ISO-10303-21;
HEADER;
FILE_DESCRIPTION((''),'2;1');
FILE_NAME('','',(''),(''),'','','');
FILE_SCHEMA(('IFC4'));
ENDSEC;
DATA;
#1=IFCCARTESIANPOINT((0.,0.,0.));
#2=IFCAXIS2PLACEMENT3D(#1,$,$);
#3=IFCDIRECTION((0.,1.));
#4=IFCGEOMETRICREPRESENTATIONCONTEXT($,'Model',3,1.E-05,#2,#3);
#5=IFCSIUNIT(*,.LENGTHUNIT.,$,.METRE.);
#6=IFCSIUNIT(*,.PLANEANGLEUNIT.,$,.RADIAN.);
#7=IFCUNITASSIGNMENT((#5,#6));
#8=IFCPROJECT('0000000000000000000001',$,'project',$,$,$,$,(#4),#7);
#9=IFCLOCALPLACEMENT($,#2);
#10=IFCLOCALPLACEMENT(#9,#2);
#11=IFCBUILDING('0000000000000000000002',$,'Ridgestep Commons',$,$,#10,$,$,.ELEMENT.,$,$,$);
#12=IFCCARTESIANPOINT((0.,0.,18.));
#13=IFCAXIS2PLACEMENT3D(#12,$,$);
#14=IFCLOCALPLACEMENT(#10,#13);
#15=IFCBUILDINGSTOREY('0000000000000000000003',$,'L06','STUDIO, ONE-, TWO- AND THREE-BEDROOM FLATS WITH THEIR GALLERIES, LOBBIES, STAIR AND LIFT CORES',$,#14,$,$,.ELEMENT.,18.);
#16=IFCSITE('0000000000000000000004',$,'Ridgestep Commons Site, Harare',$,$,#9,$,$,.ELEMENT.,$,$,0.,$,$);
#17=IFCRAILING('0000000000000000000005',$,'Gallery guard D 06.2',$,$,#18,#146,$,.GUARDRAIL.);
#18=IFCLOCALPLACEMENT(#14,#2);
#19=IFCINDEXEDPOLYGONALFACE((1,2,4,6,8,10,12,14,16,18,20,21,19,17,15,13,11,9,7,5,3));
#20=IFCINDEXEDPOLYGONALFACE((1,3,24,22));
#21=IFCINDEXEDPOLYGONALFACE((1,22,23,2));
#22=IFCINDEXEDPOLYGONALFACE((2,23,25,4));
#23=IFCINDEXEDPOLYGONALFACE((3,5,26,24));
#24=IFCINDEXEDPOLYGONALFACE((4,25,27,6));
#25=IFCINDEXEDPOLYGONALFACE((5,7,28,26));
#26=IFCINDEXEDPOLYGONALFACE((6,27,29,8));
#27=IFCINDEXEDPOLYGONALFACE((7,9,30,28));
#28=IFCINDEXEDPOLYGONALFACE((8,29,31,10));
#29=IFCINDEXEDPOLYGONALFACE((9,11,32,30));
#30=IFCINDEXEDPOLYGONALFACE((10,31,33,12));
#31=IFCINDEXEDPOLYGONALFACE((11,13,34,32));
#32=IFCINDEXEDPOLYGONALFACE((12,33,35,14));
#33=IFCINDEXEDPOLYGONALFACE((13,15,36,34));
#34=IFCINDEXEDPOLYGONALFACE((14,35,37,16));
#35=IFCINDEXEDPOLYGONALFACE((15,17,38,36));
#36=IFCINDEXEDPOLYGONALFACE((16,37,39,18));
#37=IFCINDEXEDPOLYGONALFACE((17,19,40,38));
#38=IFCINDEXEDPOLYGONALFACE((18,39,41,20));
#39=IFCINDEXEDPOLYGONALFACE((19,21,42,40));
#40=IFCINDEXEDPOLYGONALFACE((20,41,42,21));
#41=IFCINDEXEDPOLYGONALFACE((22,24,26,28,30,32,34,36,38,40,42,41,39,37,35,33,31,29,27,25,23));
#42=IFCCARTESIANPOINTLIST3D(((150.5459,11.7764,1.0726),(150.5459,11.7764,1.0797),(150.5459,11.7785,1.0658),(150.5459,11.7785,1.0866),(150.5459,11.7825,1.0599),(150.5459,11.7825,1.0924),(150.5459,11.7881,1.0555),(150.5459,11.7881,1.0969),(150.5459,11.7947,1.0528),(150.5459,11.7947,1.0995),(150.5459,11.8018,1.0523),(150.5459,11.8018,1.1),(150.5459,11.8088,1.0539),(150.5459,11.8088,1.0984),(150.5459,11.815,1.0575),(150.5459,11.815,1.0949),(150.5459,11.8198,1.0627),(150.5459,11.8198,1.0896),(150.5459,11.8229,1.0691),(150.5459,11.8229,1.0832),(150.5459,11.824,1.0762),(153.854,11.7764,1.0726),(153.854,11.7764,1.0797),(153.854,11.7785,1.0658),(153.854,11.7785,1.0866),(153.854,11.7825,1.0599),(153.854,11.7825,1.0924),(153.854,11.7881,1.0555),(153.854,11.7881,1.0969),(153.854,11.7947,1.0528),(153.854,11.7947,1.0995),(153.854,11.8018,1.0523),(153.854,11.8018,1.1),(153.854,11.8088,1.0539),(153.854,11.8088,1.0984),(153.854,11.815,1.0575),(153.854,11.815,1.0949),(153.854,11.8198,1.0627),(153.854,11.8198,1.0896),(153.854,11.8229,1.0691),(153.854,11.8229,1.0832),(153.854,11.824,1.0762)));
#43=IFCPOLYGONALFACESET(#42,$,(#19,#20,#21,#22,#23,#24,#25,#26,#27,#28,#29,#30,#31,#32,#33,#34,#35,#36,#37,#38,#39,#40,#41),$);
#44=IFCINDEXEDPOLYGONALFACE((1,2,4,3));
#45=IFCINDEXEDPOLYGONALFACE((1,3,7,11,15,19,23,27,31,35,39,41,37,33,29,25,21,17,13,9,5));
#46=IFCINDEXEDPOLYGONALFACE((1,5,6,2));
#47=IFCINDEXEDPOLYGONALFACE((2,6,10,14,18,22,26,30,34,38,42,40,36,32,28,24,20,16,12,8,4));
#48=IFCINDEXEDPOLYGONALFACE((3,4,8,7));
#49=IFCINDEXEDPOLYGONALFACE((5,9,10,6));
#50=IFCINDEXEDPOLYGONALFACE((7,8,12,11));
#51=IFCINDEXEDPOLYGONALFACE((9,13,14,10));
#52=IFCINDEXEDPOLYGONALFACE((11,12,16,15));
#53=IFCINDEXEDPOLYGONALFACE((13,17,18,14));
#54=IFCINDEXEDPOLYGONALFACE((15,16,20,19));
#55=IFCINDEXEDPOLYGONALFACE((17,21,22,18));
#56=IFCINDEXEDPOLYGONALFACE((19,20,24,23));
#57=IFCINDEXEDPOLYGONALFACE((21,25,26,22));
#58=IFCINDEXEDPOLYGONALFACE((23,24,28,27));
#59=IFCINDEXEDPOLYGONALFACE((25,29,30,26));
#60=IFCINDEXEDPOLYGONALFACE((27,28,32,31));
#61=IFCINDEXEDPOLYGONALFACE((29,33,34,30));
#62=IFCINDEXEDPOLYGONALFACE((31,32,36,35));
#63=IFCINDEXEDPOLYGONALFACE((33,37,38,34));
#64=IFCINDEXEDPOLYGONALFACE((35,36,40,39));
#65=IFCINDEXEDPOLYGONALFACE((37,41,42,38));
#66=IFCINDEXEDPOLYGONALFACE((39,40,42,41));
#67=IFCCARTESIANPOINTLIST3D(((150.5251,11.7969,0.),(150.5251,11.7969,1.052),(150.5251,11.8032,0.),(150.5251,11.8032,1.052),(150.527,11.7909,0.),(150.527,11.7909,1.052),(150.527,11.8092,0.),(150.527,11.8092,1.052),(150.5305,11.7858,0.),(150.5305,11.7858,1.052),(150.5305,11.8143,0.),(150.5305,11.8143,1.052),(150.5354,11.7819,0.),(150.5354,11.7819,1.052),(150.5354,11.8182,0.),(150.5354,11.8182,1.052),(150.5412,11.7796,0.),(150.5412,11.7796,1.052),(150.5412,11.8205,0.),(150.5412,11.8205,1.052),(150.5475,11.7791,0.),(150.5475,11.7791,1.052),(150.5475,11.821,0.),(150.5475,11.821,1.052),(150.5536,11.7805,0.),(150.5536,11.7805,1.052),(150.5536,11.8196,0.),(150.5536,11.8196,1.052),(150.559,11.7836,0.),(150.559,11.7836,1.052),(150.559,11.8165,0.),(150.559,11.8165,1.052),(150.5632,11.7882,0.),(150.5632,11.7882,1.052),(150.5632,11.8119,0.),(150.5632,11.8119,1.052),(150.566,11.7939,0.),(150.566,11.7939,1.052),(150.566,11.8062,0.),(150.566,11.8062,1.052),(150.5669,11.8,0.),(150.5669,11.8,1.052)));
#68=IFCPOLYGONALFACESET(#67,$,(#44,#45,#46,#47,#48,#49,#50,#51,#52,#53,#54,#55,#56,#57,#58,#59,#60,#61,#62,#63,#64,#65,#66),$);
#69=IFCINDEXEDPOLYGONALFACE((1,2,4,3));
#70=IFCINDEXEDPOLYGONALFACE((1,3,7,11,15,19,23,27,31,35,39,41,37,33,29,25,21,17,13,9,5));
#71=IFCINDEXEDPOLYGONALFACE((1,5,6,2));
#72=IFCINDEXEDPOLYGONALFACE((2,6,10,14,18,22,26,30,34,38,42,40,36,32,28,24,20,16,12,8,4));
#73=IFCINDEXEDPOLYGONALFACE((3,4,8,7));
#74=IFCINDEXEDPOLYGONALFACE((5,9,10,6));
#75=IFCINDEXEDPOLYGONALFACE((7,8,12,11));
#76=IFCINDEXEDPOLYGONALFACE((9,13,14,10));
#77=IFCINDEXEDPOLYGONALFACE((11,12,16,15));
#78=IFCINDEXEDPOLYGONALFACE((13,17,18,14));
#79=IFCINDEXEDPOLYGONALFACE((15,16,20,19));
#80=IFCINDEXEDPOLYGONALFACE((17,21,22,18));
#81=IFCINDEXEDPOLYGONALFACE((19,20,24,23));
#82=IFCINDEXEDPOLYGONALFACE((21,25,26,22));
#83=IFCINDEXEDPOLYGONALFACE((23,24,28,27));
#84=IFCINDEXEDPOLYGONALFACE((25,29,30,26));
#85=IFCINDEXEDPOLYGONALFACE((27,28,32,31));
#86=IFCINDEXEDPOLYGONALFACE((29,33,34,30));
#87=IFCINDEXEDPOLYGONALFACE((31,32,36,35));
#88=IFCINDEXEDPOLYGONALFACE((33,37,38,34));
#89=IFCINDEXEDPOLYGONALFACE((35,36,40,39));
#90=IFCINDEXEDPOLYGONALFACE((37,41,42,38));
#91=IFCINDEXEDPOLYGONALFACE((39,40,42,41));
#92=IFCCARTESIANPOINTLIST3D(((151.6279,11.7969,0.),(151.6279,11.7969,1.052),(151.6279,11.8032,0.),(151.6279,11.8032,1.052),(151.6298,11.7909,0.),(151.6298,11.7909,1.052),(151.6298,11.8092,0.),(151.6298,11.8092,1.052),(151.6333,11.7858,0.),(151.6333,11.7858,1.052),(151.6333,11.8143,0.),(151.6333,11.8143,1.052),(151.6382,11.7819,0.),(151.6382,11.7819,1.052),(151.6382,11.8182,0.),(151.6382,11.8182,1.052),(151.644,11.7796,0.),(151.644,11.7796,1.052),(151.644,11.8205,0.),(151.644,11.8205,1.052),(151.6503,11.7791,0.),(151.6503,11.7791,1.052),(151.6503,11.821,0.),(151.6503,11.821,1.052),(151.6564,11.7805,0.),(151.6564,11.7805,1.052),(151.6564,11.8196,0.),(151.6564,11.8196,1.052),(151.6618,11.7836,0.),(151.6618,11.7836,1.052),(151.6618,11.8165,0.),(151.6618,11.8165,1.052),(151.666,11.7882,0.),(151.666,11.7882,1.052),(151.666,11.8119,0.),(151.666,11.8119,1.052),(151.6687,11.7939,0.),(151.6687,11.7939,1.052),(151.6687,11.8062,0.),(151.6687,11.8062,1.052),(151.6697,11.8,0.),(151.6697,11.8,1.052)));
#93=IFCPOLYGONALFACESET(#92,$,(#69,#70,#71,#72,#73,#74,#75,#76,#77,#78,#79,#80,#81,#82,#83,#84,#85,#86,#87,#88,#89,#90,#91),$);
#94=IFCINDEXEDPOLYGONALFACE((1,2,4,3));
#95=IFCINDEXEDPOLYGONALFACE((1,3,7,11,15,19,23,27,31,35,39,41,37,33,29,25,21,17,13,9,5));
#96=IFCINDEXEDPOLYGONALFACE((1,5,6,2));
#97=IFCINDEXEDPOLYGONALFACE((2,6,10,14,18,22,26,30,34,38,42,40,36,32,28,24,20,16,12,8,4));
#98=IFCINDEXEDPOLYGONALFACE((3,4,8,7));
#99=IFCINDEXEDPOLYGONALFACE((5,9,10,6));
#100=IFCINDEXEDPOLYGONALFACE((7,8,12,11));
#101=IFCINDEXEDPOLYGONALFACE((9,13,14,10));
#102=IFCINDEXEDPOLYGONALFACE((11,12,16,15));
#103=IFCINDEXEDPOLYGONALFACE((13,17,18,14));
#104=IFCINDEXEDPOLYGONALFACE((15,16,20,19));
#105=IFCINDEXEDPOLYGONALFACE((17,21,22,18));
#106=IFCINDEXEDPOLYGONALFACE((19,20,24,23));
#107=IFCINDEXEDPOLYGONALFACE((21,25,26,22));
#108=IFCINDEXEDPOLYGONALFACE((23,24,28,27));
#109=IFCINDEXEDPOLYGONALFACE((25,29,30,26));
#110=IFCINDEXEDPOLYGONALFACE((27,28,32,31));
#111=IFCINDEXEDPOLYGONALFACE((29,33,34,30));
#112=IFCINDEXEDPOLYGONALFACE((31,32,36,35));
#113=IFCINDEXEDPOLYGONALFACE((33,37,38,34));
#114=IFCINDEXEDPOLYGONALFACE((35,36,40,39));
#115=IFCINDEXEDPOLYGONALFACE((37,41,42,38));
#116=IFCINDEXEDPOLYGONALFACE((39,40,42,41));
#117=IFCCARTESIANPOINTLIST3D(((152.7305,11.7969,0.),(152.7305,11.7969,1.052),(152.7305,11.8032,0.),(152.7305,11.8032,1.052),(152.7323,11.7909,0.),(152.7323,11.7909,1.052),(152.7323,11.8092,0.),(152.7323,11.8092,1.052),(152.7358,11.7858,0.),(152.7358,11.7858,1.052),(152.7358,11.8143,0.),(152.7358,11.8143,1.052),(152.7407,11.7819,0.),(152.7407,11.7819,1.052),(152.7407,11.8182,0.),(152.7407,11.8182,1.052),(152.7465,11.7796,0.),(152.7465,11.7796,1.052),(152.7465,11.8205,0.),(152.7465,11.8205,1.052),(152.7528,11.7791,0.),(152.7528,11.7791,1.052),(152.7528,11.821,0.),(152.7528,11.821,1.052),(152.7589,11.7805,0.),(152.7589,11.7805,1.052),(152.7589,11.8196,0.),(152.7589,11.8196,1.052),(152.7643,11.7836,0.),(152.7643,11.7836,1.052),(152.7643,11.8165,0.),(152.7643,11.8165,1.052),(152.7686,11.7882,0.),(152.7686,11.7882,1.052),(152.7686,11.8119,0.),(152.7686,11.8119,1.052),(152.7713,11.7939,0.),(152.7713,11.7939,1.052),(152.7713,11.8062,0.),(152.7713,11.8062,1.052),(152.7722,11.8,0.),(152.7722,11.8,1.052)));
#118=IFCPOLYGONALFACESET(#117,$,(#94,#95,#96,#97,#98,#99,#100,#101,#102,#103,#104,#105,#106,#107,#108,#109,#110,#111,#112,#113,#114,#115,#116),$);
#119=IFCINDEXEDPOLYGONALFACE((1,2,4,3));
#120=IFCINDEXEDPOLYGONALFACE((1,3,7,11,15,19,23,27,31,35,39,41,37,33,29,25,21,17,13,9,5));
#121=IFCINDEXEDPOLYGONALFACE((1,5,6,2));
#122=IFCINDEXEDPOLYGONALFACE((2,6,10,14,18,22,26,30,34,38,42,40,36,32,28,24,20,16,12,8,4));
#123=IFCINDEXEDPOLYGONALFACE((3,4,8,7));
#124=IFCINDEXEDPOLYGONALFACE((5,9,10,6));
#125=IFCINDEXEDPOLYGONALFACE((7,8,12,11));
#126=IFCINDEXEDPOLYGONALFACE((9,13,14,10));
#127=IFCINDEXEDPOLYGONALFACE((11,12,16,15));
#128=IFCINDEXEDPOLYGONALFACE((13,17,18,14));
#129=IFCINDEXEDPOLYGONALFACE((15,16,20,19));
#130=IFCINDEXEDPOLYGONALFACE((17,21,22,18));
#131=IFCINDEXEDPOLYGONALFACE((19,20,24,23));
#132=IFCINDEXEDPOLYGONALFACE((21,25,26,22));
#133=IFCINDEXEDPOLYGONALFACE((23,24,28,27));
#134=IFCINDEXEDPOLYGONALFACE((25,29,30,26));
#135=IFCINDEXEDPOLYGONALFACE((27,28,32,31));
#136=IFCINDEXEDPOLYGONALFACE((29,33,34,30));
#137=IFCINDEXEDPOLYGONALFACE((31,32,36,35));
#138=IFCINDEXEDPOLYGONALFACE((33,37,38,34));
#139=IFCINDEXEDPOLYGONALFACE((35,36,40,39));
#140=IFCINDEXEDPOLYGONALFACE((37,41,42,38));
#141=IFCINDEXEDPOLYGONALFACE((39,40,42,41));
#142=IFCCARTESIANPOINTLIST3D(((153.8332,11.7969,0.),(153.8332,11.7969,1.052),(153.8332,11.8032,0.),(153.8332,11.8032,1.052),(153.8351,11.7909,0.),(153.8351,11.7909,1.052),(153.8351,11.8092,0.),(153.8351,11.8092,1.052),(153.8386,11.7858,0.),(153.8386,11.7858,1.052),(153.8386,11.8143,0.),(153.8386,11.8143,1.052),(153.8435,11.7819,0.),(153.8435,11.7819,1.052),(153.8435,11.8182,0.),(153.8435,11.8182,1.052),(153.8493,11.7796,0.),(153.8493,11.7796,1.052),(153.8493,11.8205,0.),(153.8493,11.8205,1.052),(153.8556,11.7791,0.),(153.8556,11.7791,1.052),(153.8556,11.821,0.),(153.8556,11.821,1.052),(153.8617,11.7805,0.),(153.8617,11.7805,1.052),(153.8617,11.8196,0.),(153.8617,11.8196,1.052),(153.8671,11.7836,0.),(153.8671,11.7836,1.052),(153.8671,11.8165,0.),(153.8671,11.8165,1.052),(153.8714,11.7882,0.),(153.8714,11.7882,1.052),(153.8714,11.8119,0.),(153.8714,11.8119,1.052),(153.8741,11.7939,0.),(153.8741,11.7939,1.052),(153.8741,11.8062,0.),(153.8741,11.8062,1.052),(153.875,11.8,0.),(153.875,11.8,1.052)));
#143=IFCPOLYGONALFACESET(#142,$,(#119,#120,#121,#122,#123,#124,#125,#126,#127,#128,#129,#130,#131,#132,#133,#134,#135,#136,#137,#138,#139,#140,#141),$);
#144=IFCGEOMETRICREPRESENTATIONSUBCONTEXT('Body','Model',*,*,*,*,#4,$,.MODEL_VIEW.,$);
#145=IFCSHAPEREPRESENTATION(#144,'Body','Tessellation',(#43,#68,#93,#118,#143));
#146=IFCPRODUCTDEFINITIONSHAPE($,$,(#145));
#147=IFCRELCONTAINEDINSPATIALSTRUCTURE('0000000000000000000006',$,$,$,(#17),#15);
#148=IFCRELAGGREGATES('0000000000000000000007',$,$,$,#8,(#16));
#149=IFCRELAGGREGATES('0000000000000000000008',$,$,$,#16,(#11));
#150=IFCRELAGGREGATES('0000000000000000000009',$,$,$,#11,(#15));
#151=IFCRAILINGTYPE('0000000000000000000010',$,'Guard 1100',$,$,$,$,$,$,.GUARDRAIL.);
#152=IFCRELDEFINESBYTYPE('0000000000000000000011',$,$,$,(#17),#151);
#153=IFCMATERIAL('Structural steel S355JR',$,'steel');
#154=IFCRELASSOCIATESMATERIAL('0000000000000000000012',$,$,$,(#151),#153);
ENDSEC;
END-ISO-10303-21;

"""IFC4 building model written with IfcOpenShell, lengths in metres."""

from ifc_helpers import new_model, si_unit, direction, frame, origin, origin_2d, place, context, subcontext, project, spatial, circle, extrude, material, type_object, element, save


model = new_model("IFC4")

# Units and contexts
model_context = context("Model", 3, precision=1e-05, world=origin(), true_north=direction((0.0, 1.0)))
body_context = subcontext(model_context, "Body", "Model", "MODEL_VIEW")
ifc_project = project(units=[si_unit("LENGTHUNIT", "METRE"), si_unit("PLANEANGLEUNIT", "RADIAN")], contexts=[model_context])

# Site, building, storey
site_placement = place(None, origin())
site = spatial("IfcSite", under=ifc_project, at=site_placement, Name="Ridgestep Commons Site, Harare", CompositionType="ELEMENT", RefElevation=0.0)
building_placement = place(site_placement, origin())
building = spatial("IfcBuilding", under=site, at=building_placement, Name="Ridgestep Commons", CompositionType="ELEMENT")
storey_placement = place(building_placement, frame((0.0, 0.0, 18.0)))
storey = spatial("IfcBuildingStorey", under=building, at=storey_placement, Name="L06", Description="STUDIO, ONE-, TWO- AND THREE-BEDROOM FLATS WITH THEIR GALLERIES, LOBBIES, STAIR AND LIFT CORES", CompositionType="ELEMENT", Elevation=18.0)

# Railing
ifc_material_1 = material(Name="Structural steel S355JR", Category="steel")
railing_type = type_object("IfcRailingType", Name="Guard 1100", PredefinedType="GUARDRAIL", material=ifc_material_1)
for number, where, name in (
    (1, (150.5459, 11.8, 0.0), "Gallery guard D 06.2"),
):
    element("IfcRailing", number, at=place(storey_placement, frame(where)), inside=storey, type_object=railing_type, Name=name, PredefinedType="GUARDRAIL", context=body_context, shape_type="SweptSolid", body=[
        extrude(circle(Radius=0.0239, at=origin_2d()), frame((0.0, 0.0, 1.0762), z_axis=(1.0, 0.0, 0.0), x_axis=(0.0, 1.0, 0.0)), (0.0, 0.0, 1.0), 3.3081),
        extrude(circle(Radius=0.021, at=origin_2d()), origin(), (0.0, 0.0, 1.0), 1.052),
        extrude(circle(Radius=0.021, at=origin_2d()), frame((1.1028, 0.0, 0.0)), (0.0, 0.0, 1.0), 1.052),
        extrude(circle(Radius=0.021, at=origin_2d()), frame((2.2053, 0.0, 0.0)), (0.0, 0.0, 1.0), 1.052),
        extrude(circle(Radius=0.021, at=origin_2d()), frame((3.3081, 0.0, 0.0)), (0.0, 0.0, 1.0), 1.052),
    ])

save(model, "model.ifc")
